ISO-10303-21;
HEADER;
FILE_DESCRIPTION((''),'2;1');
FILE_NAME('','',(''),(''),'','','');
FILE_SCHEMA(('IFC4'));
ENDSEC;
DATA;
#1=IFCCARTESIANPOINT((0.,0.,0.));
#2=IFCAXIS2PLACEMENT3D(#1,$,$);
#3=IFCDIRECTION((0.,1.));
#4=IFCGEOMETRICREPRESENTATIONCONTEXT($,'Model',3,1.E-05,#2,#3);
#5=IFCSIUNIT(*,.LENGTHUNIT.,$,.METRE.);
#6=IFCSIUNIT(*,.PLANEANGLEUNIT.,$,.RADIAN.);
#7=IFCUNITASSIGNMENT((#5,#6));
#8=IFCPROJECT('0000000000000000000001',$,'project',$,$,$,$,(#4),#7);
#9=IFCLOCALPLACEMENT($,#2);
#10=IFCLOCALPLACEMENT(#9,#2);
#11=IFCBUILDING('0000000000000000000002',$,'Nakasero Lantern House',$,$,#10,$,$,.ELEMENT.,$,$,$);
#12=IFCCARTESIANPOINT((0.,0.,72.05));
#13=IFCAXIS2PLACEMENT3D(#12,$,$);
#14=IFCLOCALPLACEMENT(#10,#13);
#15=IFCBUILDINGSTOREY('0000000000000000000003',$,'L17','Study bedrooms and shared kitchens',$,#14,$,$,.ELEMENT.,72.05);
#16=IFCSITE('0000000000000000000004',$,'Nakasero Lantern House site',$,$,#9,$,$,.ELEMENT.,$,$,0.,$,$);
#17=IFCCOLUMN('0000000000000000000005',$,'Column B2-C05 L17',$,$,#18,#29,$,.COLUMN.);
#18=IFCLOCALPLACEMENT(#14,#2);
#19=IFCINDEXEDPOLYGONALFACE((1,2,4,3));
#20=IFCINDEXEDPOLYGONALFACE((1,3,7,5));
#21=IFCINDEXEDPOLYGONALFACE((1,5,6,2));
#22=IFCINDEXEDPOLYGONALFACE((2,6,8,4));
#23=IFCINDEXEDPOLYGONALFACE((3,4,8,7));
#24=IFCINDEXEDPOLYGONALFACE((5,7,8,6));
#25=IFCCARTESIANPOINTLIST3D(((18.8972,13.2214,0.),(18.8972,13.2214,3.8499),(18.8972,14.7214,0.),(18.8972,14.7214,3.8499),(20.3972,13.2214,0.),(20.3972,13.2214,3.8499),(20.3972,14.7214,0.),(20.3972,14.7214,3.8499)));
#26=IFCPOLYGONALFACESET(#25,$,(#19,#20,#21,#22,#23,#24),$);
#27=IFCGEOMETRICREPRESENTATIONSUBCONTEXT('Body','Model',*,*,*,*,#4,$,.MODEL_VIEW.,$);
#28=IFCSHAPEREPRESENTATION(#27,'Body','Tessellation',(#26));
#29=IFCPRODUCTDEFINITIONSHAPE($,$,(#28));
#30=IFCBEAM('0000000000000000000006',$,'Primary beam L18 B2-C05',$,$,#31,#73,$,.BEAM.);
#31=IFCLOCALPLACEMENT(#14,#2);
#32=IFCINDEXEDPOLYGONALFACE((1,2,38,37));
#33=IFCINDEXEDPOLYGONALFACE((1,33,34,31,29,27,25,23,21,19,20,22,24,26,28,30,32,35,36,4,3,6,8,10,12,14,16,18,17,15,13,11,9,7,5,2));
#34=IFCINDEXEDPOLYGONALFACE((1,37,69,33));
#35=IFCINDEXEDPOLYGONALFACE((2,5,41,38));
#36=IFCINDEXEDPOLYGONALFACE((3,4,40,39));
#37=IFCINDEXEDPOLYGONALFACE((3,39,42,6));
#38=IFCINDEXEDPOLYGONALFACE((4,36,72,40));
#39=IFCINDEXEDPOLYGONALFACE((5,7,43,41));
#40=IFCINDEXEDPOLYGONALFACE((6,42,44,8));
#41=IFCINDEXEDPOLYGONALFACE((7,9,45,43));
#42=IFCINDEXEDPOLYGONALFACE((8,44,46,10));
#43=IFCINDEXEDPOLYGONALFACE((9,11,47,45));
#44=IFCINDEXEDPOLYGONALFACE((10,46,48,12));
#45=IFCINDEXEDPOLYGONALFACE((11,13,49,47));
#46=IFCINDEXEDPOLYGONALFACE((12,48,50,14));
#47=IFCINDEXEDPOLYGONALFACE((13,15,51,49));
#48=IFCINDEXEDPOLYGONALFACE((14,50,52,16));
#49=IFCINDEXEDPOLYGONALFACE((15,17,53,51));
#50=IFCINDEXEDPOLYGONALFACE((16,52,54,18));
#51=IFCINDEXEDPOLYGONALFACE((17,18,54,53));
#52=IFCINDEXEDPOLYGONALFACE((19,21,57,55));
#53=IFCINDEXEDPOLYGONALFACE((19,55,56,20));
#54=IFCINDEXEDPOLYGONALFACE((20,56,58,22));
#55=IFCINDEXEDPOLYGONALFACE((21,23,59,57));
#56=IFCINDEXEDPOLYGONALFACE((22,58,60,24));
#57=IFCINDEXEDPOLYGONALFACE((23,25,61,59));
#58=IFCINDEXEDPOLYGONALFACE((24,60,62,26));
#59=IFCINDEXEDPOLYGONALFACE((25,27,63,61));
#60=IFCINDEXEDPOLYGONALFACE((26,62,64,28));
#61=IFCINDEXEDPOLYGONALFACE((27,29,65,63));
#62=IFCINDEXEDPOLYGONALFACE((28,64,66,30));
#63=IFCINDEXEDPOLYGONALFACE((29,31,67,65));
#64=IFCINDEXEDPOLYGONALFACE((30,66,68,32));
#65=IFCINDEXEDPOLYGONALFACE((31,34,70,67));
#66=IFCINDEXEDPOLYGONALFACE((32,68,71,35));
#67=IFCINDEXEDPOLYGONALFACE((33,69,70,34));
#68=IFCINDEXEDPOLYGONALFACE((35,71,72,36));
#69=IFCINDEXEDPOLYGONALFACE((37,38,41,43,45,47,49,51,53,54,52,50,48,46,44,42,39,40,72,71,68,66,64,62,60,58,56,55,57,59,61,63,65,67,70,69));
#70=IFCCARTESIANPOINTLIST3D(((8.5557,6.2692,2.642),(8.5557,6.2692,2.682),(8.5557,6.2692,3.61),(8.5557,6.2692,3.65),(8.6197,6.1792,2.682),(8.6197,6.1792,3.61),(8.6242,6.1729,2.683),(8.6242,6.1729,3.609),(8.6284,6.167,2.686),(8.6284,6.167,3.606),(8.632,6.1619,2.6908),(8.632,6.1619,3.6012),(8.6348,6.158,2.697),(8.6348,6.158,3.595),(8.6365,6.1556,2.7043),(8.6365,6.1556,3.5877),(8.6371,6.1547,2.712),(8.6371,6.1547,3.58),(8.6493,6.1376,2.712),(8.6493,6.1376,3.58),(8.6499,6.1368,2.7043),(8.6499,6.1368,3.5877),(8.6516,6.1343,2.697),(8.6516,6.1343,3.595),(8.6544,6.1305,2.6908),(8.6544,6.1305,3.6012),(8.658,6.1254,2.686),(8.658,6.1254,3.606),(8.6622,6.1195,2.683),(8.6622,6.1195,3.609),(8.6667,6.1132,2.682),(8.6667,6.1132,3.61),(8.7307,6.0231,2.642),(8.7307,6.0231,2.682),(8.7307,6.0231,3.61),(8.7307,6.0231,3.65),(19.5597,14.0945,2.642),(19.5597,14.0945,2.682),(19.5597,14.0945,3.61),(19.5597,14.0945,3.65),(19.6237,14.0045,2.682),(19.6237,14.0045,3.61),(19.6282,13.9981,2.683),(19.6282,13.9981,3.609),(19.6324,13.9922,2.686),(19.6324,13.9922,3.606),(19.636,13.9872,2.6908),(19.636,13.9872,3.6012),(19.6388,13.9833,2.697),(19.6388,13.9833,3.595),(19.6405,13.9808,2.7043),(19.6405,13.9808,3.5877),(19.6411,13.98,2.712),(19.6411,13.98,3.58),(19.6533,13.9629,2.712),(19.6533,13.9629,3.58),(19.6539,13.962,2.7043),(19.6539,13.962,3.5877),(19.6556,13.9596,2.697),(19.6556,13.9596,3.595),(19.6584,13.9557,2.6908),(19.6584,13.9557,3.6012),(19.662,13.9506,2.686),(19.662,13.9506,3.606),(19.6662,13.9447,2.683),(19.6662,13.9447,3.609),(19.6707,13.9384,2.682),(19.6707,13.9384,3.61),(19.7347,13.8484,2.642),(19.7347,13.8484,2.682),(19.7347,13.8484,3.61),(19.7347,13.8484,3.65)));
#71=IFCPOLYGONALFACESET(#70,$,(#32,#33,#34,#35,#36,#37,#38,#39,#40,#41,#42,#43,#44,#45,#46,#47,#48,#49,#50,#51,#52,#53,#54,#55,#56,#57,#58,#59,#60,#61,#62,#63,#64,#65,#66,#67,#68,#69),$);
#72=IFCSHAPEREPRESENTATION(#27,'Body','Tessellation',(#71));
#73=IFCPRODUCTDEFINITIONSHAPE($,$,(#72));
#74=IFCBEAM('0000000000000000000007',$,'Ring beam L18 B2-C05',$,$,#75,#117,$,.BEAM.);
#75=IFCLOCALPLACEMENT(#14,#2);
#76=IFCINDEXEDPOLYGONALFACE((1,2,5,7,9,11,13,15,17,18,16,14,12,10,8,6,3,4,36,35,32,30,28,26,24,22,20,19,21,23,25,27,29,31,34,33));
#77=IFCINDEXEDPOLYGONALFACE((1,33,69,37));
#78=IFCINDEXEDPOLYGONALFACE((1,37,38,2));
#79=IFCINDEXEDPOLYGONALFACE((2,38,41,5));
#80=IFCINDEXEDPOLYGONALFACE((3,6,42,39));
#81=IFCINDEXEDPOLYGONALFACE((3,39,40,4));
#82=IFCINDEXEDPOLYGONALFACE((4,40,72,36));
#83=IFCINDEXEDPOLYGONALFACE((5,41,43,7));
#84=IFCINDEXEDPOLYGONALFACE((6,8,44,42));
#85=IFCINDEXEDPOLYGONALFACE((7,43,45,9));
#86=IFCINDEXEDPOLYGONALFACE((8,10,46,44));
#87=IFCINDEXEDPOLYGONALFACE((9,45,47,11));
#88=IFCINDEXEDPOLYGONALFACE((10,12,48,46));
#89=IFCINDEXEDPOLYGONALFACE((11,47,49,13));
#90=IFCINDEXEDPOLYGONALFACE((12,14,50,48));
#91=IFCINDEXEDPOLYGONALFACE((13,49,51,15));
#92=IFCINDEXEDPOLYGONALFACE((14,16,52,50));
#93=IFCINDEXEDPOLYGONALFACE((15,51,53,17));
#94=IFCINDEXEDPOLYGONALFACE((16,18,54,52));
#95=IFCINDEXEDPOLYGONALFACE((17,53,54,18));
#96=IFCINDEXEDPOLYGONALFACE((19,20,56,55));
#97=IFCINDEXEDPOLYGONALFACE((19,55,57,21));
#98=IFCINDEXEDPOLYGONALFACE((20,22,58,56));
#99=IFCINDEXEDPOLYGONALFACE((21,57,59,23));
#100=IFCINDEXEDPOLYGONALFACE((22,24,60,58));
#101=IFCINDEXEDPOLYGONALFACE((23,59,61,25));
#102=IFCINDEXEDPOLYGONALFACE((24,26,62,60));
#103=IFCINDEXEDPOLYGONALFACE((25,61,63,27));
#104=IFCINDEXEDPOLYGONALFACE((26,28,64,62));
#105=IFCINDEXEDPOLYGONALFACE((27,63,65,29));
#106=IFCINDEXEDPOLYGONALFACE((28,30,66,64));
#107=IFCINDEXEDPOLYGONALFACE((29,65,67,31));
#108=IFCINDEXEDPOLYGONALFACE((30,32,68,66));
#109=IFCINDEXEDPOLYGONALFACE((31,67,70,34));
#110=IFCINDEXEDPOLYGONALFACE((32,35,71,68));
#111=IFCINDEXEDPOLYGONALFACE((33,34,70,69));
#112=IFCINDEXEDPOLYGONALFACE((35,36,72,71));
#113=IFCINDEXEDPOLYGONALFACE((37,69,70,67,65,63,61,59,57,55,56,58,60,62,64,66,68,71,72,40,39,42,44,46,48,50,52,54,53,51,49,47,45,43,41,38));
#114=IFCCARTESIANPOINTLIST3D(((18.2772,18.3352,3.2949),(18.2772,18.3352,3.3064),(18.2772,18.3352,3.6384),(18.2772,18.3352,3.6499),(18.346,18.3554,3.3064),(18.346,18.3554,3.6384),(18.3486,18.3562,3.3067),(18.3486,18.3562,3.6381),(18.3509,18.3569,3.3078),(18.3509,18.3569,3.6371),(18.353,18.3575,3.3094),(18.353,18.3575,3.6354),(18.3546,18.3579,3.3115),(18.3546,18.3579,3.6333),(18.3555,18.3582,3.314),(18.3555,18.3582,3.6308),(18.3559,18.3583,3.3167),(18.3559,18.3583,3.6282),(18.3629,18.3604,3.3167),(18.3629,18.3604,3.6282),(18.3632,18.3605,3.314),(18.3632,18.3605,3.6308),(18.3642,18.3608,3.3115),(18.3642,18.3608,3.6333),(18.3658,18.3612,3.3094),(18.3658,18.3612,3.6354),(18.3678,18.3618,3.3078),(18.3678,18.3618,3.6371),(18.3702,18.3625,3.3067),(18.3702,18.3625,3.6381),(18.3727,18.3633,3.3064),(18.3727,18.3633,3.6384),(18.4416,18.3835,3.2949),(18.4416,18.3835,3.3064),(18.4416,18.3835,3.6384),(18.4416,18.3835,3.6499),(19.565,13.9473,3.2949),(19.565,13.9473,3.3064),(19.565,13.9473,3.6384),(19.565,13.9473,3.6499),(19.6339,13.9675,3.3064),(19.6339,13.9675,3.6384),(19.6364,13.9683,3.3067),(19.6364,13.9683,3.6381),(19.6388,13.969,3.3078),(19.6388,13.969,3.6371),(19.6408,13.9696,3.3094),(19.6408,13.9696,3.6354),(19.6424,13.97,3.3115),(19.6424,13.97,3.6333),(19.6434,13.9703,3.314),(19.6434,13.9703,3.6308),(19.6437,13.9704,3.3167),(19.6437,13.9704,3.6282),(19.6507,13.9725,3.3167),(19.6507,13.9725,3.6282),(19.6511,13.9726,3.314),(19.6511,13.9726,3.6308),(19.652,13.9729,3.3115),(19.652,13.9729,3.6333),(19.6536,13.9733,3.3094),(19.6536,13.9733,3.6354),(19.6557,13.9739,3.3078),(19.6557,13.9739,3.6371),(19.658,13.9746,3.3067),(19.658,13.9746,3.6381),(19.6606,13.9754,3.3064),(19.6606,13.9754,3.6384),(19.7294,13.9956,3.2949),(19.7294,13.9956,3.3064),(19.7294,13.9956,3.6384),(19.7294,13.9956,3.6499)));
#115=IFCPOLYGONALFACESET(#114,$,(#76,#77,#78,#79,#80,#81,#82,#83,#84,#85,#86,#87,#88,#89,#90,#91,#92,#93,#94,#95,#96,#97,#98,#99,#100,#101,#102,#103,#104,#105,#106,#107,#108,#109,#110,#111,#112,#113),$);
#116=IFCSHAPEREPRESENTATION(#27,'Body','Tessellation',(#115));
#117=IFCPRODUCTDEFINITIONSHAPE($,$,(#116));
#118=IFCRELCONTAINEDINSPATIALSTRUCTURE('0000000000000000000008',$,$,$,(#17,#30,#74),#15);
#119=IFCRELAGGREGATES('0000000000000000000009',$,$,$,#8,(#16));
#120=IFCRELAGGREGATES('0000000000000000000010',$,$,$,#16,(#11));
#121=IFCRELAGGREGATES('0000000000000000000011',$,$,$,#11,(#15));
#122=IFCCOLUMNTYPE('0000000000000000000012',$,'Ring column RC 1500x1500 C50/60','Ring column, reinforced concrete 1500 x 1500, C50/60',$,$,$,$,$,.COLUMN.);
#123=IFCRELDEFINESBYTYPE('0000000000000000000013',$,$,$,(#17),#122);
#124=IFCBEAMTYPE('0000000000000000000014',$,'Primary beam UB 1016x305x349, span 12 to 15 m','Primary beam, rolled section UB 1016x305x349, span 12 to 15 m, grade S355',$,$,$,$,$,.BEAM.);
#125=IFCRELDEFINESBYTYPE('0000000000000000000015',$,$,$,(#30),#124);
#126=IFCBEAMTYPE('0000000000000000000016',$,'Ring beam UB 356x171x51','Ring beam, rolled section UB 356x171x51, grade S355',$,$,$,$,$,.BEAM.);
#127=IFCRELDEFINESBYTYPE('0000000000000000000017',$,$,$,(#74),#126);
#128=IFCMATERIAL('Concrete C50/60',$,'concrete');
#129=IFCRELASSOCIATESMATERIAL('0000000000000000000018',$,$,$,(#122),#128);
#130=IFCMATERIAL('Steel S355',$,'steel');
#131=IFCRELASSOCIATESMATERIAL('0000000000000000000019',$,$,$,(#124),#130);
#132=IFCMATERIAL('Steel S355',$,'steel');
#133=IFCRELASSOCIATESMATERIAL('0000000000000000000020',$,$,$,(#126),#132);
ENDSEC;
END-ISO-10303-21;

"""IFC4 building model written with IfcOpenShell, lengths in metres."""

from ifc_helpers import new_model, si_unit, direction, frame, origin, origin_2d, place, context, subcontext, project, spatial, rectangle, i_section, extrude, material, material_profile, profile_set, type_object, element, save


model = new_model("IFC4")

# Units and contexts
model_context = context("Model", 3, precision=1e-05, world=origin(), true_north=direction((0.0, 1.0)))
body_context = subcontext(model_context, "Body", "Model", "MODEL_VIEW")
ifc_project = project(units=[si_unit("LENGTHUNIT", "METRE"), si_unit("PLANEANGLEUNIT", "RADIAN")], contexts=[model_context])

# Site, building, storey
site_placement = place(None, origin())
site = spatial("IfcSite", under=ifc_project, at=site_placement, Name="Nakasero Lantern House site", CompositionType="ELEMENT", RefElevation=0.0)
building_placement = place(site_placement, origin())
building = spatial("IfcBuilding", under=site, at=building_placement, Name="Nakasero Lantern House", CompositionType="ELEMENT")
storey_placement = place(building_placement, frame((0.0, 0.0, 72.05)))
storey = spatial("IfcBuildingStorey", under=building, at=storey_placement, Name="L17", Description="Study bedrooms and shared kitchens", CompositionType="ELEMENT", Elevation=72.05)

# Column
ifc_material_1 = material(Name="Concrete C50/60", Category="concrete")
ifc_material_profile_1 = material_profile(ifc_material_1, rectangle(XDim=1.5, YDim=1.5, at=origin_2d()), Name="RC 1500x1500")
ifc_profile_set_1 = profile_set([ifc_material_profile_1], Name="Concrete C50/60")
column_type = type_object("IfcColumnType", Name="Ring column RC 1500x1500 C50/60", Description="Ring column, reinforced concrete 1500 x 1500, C50/60", PredefinedType="COLUMN", material=ifc_profile_set_1)
column_placement = place(storey_placement, frame((19.6472, 13.9714, 0.0), z_axis=(0.0, 0.0, 1.0), x_axis=(1.0, 0.0, 0.0)))
element("IfcColumn", 1, at=column_placement, inside=storey, type_object=column_type, Name="Column B2-C05 L17", PredefinedType="COLUMN", context=body_context, shape_type="SweptSolid", body=[
    extrude(rectangle(XDim=1.5, YDim=1.5, at=origin_2d()), origin(), (0.0, 0.0, 1.0), 3.8499),
])

# Beams
ifc_material_2 = material(Name="Steel S355", Category="steel")
ifc_material_profile_2 = material_profile(ifc_material_2, i_section(OverallWidth=0.302, OverallDepth=1.0081, WebThickness=0.021, FlangeThickness=0.04, FilletRadius=0.03, at=origin_2d()), Name="UB 1016x305x349")
ifc_profile_set_2 = profile_set([ifc_material_profile_2], Name="Steel S355")
beam_type_1 = type_object("IfcBeamType", Name="Primary beam UB 1016x305x349, span 12 to 15 m", Description="Primary beam, rolled section UB 1016x305x349, span 12 to 15 m, grade S355", PredefinedType="BEAM", material=ifc_profile_set_2)
beam_1_placement = place(storey_placement, frame((19.6472, 13.9714, 3.146), z_axis=(-0.814948, -0.579533, 0.0), x_axis=(0.579533, -0.814948, 0.0)))
element("IfcBeam", 2, at=beam_1_placement, inside=storey, type_object=beam_type_1, Name="Primary beam L18 B2-C05", PredefinedType="BEAM", context=body_context, shape_type="SweptSolid", body=[
    extrude(i_section(OverallWidth=0.302, OverallDepth=1.0081, WebThickness=0.021, FlangeThickness=0.04, FilletRadius=0.03, at=origin_2d()), origin(), (0.0, 0.0, 1.0), 13.5027),
])
ifc_material_3 = material(Name="Steel S355", Category="steel")
ifc_material_profile_3 = material_profile(ifc_material_3, i_section(OverallWidth=0.1714, OverallDepth=0.355, WebThickness=0.0073, FlangeThickness=0.0115, FilletRadius=0.0103, at=origin_2d()), Name="UB 356x171x51")
ifc_profile_set_3 = profile_set([ifc_material_profile_3], Name="Steel S355")
beam_type_2 = type_object("IfcBeamType", Name="Ring beam UB 356x171x51", Description="Ring beam, rolled section UB 356x171x51, grade S355", PredefinedType="BEAM", material=ifc_profile_set_3)
beam_2_placement = place(storey_placement, frame((19.6472, 13.9714, 3.4724), z_axis=(-0.281617, 0.959527, 0.0), x_axis=(-0.959527, -0.281617, 0.0)))
element("IfcBeam", 3, at=beam_2_placement, inside=storey, type_object=beam_type_2, Name="Ring beam L18 B2-C05", PredefinedType="BEAM", context=body_context, shape_type="SweptSolid", body=[
    extrude(i_section(OverallWidth=0.1714, OverallDepth=0.355, WebThickness=0.0073, FlangeThickness=0.0115, FilletRadius=0.0103, at=origin_2d()), origin(), (0.0, 0.0, 1.0), 4.573),
])

save(model, "model.ifc")
